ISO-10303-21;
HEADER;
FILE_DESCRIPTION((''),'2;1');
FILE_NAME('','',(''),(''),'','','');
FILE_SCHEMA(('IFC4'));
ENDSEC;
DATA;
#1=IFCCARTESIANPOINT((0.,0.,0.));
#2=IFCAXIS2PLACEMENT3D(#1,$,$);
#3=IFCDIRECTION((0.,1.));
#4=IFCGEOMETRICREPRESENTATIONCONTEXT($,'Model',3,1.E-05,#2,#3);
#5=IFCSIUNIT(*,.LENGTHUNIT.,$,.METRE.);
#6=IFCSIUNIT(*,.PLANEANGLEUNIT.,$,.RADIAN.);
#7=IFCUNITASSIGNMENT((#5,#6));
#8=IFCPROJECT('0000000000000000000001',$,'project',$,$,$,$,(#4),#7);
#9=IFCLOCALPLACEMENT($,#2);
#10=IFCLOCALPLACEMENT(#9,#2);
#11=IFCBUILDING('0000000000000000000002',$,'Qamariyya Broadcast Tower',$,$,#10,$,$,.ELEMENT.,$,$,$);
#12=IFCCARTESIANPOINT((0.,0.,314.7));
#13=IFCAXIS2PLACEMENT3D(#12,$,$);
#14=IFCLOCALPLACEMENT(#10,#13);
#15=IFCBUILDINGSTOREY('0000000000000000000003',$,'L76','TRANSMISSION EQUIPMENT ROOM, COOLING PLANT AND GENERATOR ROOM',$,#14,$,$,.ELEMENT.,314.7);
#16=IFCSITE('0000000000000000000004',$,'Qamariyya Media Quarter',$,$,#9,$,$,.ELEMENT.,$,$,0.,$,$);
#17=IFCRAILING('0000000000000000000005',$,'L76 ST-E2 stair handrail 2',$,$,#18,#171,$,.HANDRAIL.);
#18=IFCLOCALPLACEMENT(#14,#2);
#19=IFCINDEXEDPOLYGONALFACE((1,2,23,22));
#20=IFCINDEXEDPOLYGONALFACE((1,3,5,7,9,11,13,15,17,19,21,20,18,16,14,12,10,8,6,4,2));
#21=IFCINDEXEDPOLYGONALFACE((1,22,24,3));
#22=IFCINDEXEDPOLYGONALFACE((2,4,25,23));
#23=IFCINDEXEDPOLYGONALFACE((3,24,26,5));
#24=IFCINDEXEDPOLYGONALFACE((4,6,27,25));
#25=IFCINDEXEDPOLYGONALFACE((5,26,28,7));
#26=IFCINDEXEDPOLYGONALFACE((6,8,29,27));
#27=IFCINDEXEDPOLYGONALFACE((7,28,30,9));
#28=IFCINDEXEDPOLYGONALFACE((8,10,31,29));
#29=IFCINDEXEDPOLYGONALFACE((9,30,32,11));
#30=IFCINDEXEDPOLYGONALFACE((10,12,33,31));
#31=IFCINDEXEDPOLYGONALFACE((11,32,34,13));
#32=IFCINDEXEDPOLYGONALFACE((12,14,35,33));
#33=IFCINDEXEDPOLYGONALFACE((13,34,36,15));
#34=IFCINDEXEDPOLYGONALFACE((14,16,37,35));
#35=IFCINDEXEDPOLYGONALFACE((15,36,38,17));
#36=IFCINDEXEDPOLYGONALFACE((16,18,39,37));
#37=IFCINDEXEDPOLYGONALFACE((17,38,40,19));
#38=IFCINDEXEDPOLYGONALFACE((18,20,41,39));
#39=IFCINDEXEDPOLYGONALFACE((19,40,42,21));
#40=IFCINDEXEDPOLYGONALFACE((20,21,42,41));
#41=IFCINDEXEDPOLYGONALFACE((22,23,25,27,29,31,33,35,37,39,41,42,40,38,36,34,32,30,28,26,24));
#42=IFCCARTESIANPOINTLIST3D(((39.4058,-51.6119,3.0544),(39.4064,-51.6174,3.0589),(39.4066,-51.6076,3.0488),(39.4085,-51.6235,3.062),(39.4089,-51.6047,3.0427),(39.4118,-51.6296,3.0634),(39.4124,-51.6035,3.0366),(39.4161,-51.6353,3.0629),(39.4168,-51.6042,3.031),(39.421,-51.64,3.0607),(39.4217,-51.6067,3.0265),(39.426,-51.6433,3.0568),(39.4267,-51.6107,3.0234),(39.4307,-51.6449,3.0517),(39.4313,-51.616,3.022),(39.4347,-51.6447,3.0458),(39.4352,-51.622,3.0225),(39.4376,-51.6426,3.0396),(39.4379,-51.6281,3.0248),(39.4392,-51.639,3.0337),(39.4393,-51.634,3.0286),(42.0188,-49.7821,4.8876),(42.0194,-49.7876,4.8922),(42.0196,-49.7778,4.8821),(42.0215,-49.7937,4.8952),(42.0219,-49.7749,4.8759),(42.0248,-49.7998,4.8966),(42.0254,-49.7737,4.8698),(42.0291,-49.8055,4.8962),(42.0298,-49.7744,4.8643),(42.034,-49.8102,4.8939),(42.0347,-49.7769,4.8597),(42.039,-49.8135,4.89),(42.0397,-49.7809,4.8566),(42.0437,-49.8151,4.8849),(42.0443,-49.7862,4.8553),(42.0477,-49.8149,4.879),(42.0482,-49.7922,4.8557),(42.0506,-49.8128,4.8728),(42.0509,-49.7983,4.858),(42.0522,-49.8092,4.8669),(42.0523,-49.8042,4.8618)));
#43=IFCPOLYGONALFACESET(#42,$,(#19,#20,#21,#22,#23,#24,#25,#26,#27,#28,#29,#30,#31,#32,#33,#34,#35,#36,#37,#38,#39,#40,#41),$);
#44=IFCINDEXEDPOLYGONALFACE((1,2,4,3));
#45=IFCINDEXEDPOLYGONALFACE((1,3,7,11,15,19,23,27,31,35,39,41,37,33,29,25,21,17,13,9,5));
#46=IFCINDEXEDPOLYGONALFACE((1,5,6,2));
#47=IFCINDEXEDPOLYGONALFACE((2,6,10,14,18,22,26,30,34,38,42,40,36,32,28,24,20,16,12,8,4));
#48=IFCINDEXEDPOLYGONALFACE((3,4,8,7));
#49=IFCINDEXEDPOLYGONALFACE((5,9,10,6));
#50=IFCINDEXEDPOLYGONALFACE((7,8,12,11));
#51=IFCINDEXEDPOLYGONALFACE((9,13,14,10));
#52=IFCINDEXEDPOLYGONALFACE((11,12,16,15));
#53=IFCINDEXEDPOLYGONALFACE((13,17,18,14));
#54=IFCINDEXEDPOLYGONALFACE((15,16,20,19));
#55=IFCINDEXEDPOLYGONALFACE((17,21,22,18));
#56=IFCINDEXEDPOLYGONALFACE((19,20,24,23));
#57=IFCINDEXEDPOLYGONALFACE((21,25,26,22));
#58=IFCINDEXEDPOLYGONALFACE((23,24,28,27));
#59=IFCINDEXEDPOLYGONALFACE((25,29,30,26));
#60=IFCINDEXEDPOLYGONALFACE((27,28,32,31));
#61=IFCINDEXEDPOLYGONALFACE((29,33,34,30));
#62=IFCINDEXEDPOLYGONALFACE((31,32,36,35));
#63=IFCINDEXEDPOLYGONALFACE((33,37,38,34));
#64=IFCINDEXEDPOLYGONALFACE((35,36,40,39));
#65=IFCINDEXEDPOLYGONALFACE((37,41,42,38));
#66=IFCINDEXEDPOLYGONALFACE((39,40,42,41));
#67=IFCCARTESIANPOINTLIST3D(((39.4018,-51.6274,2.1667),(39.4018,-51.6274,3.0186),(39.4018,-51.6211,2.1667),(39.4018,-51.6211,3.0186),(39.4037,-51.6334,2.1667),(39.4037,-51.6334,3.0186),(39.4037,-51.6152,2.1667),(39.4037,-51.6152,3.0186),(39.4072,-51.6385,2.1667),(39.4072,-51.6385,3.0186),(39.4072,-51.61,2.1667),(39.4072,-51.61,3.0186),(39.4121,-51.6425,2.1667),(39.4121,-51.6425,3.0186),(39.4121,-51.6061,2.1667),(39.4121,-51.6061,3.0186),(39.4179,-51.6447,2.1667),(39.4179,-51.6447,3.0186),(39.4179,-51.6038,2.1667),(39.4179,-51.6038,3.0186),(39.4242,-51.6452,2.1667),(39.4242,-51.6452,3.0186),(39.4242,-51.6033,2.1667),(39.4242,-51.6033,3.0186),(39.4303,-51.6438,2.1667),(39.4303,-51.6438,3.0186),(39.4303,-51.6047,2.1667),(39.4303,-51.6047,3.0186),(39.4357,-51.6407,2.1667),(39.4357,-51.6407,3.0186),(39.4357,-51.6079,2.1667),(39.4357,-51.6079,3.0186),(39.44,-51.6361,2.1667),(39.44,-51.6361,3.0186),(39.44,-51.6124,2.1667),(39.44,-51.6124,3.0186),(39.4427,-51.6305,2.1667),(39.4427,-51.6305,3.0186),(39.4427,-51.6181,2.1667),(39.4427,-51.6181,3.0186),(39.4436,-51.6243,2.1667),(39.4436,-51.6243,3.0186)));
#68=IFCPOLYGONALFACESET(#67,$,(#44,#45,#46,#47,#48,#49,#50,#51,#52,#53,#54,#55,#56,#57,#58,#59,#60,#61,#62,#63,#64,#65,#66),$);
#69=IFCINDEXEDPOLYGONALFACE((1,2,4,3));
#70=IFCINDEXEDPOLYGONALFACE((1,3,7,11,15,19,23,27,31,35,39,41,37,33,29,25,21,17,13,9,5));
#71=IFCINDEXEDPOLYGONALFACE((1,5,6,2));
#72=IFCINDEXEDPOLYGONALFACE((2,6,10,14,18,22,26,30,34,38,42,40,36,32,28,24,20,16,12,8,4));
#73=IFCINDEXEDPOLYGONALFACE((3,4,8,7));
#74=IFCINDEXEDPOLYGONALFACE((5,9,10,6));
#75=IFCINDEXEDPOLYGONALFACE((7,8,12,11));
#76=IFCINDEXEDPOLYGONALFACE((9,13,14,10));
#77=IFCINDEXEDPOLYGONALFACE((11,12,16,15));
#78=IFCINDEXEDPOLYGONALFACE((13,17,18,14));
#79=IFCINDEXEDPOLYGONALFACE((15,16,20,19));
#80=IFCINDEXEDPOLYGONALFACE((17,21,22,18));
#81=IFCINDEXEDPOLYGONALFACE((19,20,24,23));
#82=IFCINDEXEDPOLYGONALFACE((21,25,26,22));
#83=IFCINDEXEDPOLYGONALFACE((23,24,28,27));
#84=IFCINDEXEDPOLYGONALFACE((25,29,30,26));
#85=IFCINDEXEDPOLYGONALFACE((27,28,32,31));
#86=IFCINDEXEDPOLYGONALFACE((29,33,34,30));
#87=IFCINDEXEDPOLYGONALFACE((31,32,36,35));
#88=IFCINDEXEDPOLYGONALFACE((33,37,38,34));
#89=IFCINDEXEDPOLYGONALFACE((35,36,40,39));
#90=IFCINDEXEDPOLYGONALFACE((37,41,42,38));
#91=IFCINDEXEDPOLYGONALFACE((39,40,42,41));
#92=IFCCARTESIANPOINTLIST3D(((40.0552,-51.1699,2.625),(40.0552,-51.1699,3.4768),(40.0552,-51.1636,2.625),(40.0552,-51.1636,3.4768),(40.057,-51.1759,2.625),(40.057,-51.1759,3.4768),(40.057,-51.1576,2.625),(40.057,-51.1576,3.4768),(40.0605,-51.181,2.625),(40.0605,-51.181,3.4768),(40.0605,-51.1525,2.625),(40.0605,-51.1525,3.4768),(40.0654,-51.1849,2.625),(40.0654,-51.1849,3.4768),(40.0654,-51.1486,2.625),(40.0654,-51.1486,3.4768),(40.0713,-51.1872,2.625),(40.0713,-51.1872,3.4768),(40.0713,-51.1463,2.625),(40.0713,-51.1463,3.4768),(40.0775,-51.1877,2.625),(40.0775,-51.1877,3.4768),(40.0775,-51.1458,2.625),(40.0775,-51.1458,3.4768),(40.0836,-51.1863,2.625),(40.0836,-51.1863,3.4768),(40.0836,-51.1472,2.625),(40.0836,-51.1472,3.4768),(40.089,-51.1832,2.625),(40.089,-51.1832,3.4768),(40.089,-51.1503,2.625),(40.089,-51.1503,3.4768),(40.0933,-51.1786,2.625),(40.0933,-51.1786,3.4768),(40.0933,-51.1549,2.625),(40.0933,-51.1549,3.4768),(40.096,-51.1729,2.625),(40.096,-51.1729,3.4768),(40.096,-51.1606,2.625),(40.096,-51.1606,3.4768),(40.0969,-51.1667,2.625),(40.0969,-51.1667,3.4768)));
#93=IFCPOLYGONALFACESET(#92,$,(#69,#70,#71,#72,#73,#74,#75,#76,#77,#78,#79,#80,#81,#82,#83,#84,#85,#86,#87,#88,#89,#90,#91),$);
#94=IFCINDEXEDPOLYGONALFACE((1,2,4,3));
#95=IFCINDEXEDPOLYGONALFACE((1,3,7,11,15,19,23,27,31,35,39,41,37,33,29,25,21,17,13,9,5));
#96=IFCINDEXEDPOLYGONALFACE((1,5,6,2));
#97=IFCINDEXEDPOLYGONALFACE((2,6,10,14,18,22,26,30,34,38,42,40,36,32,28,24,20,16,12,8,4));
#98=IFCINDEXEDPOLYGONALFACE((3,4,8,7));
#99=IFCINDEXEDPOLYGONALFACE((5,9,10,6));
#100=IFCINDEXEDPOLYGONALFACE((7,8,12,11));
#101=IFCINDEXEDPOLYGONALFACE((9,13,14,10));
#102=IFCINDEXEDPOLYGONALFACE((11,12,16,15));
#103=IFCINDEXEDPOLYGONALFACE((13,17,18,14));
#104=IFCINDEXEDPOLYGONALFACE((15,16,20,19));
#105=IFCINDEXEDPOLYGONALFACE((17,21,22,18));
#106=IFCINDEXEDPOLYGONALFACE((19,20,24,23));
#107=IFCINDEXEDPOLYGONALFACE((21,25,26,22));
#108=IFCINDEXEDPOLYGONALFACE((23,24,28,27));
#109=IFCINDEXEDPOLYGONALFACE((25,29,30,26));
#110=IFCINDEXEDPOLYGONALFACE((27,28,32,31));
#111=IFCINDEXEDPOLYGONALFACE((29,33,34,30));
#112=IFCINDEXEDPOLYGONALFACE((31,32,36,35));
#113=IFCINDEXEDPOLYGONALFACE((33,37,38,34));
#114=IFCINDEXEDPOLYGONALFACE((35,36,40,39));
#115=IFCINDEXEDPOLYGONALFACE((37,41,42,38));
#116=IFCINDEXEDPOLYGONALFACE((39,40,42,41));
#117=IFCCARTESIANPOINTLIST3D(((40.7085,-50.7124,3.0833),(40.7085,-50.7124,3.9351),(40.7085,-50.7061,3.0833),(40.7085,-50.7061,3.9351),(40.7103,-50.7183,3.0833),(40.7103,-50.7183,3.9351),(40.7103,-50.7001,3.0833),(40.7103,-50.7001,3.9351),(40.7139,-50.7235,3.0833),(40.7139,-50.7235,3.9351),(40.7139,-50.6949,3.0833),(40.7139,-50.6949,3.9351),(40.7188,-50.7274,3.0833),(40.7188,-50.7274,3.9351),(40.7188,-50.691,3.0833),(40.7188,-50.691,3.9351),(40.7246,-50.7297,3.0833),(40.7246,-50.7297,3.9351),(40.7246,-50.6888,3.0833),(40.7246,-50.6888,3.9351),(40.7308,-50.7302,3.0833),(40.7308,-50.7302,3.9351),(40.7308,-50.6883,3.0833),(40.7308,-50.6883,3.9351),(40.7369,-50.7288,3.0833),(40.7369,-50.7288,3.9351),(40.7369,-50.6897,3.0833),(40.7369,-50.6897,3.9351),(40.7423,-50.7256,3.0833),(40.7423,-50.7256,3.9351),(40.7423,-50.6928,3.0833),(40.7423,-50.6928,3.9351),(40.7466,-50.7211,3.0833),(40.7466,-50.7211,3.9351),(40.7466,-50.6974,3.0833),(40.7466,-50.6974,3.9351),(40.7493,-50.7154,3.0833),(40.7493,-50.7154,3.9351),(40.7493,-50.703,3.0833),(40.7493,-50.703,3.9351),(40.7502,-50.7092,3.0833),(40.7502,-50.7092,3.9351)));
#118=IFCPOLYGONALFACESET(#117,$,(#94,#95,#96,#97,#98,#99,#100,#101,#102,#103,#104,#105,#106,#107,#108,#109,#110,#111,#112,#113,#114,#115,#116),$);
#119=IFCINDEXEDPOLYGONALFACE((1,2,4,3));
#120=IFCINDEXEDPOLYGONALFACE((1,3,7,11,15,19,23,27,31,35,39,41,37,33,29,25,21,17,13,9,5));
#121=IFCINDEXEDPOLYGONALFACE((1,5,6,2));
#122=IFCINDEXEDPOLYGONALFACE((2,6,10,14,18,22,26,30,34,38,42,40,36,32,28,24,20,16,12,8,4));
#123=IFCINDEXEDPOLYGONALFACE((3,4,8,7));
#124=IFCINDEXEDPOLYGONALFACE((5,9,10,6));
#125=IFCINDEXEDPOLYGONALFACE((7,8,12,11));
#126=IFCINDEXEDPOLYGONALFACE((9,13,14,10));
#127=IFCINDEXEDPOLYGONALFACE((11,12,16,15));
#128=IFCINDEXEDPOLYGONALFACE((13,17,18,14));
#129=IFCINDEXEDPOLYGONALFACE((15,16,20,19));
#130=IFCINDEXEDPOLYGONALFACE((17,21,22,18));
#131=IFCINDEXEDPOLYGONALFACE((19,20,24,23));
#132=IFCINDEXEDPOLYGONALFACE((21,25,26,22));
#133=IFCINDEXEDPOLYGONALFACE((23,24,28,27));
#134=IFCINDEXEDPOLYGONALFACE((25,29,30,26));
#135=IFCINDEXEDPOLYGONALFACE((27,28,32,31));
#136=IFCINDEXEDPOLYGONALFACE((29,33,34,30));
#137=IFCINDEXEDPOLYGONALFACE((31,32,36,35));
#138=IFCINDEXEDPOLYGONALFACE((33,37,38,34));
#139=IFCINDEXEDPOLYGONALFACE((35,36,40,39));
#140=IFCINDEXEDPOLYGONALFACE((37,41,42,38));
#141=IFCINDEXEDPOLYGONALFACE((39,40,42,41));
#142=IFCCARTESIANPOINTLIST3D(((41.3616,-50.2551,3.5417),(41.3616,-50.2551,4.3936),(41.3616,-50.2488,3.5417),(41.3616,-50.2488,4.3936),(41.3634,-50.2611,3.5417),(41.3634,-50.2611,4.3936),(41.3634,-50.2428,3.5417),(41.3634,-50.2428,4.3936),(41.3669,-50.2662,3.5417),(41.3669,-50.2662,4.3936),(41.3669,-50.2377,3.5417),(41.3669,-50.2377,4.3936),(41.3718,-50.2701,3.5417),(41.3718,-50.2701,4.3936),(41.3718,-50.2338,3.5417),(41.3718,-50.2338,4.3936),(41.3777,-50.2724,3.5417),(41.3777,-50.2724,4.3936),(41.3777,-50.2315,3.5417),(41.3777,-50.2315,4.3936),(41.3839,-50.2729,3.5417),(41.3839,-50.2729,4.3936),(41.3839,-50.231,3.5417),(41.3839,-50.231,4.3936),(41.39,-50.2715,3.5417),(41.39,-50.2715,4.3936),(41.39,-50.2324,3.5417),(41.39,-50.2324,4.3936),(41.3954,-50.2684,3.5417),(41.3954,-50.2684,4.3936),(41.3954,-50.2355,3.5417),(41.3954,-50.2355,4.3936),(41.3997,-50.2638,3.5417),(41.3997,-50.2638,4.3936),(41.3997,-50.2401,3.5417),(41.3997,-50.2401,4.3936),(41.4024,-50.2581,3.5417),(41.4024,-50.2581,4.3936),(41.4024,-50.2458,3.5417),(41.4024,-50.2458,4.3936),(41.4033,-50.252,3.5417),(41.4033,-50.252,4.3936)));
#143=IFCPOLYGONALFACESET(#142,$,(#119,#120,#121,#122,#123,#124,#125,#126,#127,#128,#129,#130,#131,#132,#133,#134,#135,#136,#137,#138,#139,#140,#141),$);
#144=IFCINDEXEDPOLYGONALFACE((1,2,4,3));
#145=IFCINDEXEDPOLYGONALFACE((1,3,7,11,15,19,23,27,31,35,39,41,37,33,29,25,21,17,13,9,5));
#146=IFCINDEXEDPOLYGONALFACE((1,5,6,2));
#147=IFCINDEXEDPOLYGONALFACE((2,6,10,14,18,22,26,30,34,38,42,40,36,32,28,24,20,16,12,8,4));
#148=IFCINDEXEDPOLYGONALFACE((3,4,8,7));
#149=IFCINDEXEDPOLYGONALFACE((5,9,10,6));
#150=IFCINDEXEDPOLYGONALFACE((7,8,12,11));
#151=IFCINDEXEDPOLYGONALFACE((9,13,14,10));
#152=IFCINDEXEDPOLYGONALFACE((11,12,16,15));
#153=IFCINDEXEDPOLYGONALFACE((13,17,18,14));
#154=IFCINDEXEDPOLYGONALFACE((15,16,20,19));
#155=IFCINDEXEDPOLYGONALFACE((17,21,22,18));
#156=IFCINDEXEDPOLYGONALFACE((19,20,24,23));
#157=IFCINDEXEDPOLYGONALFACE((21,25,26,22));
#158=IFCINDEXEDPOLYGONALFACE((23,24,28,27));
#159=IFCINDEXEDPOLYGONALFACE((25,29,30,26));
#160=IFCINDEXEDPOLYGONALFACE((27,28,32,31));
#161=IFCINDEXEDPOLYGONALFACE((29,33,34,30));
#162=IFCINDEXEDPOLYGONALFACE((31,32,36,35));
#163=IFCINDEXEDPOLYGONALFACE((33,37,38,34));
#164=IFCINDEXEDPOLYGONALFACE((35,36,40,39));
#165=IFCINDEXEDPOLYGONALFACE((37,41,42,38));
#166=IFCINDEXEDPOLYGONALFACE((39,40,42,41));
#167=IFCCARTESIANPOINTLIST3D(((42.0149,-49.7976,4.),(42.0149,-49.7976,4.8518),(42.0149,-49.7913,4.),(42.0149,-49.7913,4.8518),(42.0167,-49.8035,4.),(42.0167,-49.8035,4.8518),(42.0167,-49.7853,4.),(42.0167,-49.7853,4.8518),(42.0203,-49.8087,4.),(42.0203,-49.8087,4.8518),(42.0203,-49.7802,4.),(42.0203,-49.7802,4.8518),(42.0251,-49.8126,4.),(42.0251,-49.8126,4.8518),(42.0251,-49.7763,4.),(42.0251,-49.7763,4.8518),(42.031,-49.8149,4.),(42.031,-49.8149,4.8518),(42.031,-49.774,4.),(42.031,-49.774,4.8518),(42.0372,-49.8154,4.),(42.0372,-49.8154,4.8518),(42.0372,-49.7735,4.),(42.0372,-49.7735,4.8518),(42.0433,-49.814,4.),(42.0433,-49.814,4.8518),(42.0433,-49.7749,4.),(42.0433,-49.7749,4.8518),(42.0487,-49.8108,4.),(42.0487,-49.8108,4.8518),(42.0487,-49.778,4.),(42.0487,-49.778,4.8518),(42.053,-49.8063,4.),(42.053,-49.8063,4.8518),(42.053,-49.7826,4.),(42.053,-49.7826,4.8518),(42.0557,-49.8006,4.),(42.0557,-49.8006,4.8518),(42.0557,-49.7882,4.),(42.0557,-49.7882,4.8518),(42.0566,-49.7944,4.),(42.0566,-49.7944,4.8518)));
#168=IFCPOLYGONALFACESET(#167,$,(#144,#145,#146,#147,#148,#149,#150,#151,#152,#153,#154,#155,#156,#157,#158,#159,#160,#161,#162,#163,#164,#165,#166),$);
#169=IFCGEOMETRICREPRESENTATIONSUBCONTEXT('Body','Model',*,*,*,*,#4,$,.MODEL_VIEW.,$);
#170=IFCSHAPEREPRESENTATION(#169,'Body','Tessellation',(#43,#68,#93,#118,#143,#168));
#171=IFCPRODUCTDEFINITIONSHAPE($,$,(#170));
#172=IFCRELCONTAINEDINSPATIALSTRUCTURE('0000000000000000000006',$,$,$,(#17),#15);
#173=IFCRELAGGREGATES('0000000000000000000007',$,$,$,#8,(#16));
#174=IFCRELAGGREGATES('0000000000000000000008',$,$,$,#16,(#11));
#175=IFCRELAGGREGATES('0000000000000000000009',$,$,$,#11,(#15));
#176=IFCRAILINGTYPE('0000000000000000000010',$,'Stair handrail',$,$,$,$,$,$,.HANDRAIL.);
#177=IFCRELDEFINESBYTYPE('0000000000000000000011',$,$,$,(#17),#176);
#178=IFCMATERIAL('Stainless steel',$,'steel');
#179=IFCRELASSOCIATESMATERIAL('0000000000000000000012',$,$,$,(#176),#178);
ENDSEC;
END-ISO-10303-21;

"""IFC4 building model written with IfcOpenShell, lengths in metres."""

from ifc_helpers import new_model, si_unit, direction, frame, origin, origin_2d, place, context, subcontext, project, spatial, circle, extrude, material, type_object, element, save


model = new_model("IFC4")

# Units and contexts
model_context = context("Model", 3, precision=1e-05, world=origin(), true_north=direction((0.0, 1.0)))
body_context = subcontext(model_context, "Body", "Model", "MODEL_VIEW")
ifc_project = project(units=[si_unit("LENGTHUNIT", "METRE"), si_unit("PLANEANGLEUNIT", "RADIAN")], contexts=[model_context])

# Site, building, storey
site_placement = place(None, origin())
site = spatial("IfcSite", under=ifc_project, at=site_placement, Name="Qamariyya Media Quarter", CompositionType="ELEMENT", RefElevation=0.0)
building_placement = place(site_placement, origin())
building = spatial("IfcBuilding", under=site, at=building_placement, Name="Qamariyya Broadcast Tower", CompositionType="ELEMENT")
storey_placement = place(building_placement, frame((0.0, 0.0, 314.7)))
storey = spatial("IfcBuildingStorey", under=building, at=storey_placement, Name="L76", Description="TRANSMISSION EQUIPMENT ROOM, COOLING PLANT AND GENERATOR ROOM", CompositionType="ELEMENT", Elevation=314.7)

# Railing
ifc_material_1 = material(Name="Stainless steel", Category="steel")
railing_type_1 = type_object("IfcRailingType", Name="Stair handrail", PredefinedType="HANDRAIL", material=ifc_material_1)
railing_1_placement = place(storey_placement, frame((39.4226, -51.6243, 2.1667)))
element("IfcRailing", 1, at=railing_1_placement, inside=storey, type_object=railing_type_1, Name="L76 ST-E2 stair handrail 2", PredefinedType="HANDRAIL", context=body_context, shape_type="SweptSolid", body=[
    extrude(circle(Radius=0.0239, at=origin_2d()), frame((0.0, 0.0, 0.876), z_axis=(0.710204, 0.497335, 0.498264), x_axis=(-0.573611, 0.819128, 0.0)), (0.0, 0.0, 1.0), 3.6792),
    extrude(circle(Radius=0.021, at=origin_2d()), origin(), (0.0, 0.0, 1.0), 0.8518),
    extrude(circle(Radius=0.021, at=origin_2d()), frame((0.6533, 0.4575, 0.4583)), (0.0, 0.0, 1.0), 0.8518),
    extrude(circle(Radius=0.021, at=origin_2d()), frame((1.3066, 0.915, 0.9165)), (0.0, 0.0, 1.0), 0.8518),
    extrude(circle(Radius=0.021, at=origin_2d()), frame((1.9597, 1.3723, 1.375)), (0.0, 0.0, 1.0), 0.8518),
    extrude(circle(Radius=0.021, at=origin_2d()), frame((2.613, 1.8298, 1.8333)), (0.0, 0.0, 1.0), 0.8518),
])

save(model, "model.ifc")
